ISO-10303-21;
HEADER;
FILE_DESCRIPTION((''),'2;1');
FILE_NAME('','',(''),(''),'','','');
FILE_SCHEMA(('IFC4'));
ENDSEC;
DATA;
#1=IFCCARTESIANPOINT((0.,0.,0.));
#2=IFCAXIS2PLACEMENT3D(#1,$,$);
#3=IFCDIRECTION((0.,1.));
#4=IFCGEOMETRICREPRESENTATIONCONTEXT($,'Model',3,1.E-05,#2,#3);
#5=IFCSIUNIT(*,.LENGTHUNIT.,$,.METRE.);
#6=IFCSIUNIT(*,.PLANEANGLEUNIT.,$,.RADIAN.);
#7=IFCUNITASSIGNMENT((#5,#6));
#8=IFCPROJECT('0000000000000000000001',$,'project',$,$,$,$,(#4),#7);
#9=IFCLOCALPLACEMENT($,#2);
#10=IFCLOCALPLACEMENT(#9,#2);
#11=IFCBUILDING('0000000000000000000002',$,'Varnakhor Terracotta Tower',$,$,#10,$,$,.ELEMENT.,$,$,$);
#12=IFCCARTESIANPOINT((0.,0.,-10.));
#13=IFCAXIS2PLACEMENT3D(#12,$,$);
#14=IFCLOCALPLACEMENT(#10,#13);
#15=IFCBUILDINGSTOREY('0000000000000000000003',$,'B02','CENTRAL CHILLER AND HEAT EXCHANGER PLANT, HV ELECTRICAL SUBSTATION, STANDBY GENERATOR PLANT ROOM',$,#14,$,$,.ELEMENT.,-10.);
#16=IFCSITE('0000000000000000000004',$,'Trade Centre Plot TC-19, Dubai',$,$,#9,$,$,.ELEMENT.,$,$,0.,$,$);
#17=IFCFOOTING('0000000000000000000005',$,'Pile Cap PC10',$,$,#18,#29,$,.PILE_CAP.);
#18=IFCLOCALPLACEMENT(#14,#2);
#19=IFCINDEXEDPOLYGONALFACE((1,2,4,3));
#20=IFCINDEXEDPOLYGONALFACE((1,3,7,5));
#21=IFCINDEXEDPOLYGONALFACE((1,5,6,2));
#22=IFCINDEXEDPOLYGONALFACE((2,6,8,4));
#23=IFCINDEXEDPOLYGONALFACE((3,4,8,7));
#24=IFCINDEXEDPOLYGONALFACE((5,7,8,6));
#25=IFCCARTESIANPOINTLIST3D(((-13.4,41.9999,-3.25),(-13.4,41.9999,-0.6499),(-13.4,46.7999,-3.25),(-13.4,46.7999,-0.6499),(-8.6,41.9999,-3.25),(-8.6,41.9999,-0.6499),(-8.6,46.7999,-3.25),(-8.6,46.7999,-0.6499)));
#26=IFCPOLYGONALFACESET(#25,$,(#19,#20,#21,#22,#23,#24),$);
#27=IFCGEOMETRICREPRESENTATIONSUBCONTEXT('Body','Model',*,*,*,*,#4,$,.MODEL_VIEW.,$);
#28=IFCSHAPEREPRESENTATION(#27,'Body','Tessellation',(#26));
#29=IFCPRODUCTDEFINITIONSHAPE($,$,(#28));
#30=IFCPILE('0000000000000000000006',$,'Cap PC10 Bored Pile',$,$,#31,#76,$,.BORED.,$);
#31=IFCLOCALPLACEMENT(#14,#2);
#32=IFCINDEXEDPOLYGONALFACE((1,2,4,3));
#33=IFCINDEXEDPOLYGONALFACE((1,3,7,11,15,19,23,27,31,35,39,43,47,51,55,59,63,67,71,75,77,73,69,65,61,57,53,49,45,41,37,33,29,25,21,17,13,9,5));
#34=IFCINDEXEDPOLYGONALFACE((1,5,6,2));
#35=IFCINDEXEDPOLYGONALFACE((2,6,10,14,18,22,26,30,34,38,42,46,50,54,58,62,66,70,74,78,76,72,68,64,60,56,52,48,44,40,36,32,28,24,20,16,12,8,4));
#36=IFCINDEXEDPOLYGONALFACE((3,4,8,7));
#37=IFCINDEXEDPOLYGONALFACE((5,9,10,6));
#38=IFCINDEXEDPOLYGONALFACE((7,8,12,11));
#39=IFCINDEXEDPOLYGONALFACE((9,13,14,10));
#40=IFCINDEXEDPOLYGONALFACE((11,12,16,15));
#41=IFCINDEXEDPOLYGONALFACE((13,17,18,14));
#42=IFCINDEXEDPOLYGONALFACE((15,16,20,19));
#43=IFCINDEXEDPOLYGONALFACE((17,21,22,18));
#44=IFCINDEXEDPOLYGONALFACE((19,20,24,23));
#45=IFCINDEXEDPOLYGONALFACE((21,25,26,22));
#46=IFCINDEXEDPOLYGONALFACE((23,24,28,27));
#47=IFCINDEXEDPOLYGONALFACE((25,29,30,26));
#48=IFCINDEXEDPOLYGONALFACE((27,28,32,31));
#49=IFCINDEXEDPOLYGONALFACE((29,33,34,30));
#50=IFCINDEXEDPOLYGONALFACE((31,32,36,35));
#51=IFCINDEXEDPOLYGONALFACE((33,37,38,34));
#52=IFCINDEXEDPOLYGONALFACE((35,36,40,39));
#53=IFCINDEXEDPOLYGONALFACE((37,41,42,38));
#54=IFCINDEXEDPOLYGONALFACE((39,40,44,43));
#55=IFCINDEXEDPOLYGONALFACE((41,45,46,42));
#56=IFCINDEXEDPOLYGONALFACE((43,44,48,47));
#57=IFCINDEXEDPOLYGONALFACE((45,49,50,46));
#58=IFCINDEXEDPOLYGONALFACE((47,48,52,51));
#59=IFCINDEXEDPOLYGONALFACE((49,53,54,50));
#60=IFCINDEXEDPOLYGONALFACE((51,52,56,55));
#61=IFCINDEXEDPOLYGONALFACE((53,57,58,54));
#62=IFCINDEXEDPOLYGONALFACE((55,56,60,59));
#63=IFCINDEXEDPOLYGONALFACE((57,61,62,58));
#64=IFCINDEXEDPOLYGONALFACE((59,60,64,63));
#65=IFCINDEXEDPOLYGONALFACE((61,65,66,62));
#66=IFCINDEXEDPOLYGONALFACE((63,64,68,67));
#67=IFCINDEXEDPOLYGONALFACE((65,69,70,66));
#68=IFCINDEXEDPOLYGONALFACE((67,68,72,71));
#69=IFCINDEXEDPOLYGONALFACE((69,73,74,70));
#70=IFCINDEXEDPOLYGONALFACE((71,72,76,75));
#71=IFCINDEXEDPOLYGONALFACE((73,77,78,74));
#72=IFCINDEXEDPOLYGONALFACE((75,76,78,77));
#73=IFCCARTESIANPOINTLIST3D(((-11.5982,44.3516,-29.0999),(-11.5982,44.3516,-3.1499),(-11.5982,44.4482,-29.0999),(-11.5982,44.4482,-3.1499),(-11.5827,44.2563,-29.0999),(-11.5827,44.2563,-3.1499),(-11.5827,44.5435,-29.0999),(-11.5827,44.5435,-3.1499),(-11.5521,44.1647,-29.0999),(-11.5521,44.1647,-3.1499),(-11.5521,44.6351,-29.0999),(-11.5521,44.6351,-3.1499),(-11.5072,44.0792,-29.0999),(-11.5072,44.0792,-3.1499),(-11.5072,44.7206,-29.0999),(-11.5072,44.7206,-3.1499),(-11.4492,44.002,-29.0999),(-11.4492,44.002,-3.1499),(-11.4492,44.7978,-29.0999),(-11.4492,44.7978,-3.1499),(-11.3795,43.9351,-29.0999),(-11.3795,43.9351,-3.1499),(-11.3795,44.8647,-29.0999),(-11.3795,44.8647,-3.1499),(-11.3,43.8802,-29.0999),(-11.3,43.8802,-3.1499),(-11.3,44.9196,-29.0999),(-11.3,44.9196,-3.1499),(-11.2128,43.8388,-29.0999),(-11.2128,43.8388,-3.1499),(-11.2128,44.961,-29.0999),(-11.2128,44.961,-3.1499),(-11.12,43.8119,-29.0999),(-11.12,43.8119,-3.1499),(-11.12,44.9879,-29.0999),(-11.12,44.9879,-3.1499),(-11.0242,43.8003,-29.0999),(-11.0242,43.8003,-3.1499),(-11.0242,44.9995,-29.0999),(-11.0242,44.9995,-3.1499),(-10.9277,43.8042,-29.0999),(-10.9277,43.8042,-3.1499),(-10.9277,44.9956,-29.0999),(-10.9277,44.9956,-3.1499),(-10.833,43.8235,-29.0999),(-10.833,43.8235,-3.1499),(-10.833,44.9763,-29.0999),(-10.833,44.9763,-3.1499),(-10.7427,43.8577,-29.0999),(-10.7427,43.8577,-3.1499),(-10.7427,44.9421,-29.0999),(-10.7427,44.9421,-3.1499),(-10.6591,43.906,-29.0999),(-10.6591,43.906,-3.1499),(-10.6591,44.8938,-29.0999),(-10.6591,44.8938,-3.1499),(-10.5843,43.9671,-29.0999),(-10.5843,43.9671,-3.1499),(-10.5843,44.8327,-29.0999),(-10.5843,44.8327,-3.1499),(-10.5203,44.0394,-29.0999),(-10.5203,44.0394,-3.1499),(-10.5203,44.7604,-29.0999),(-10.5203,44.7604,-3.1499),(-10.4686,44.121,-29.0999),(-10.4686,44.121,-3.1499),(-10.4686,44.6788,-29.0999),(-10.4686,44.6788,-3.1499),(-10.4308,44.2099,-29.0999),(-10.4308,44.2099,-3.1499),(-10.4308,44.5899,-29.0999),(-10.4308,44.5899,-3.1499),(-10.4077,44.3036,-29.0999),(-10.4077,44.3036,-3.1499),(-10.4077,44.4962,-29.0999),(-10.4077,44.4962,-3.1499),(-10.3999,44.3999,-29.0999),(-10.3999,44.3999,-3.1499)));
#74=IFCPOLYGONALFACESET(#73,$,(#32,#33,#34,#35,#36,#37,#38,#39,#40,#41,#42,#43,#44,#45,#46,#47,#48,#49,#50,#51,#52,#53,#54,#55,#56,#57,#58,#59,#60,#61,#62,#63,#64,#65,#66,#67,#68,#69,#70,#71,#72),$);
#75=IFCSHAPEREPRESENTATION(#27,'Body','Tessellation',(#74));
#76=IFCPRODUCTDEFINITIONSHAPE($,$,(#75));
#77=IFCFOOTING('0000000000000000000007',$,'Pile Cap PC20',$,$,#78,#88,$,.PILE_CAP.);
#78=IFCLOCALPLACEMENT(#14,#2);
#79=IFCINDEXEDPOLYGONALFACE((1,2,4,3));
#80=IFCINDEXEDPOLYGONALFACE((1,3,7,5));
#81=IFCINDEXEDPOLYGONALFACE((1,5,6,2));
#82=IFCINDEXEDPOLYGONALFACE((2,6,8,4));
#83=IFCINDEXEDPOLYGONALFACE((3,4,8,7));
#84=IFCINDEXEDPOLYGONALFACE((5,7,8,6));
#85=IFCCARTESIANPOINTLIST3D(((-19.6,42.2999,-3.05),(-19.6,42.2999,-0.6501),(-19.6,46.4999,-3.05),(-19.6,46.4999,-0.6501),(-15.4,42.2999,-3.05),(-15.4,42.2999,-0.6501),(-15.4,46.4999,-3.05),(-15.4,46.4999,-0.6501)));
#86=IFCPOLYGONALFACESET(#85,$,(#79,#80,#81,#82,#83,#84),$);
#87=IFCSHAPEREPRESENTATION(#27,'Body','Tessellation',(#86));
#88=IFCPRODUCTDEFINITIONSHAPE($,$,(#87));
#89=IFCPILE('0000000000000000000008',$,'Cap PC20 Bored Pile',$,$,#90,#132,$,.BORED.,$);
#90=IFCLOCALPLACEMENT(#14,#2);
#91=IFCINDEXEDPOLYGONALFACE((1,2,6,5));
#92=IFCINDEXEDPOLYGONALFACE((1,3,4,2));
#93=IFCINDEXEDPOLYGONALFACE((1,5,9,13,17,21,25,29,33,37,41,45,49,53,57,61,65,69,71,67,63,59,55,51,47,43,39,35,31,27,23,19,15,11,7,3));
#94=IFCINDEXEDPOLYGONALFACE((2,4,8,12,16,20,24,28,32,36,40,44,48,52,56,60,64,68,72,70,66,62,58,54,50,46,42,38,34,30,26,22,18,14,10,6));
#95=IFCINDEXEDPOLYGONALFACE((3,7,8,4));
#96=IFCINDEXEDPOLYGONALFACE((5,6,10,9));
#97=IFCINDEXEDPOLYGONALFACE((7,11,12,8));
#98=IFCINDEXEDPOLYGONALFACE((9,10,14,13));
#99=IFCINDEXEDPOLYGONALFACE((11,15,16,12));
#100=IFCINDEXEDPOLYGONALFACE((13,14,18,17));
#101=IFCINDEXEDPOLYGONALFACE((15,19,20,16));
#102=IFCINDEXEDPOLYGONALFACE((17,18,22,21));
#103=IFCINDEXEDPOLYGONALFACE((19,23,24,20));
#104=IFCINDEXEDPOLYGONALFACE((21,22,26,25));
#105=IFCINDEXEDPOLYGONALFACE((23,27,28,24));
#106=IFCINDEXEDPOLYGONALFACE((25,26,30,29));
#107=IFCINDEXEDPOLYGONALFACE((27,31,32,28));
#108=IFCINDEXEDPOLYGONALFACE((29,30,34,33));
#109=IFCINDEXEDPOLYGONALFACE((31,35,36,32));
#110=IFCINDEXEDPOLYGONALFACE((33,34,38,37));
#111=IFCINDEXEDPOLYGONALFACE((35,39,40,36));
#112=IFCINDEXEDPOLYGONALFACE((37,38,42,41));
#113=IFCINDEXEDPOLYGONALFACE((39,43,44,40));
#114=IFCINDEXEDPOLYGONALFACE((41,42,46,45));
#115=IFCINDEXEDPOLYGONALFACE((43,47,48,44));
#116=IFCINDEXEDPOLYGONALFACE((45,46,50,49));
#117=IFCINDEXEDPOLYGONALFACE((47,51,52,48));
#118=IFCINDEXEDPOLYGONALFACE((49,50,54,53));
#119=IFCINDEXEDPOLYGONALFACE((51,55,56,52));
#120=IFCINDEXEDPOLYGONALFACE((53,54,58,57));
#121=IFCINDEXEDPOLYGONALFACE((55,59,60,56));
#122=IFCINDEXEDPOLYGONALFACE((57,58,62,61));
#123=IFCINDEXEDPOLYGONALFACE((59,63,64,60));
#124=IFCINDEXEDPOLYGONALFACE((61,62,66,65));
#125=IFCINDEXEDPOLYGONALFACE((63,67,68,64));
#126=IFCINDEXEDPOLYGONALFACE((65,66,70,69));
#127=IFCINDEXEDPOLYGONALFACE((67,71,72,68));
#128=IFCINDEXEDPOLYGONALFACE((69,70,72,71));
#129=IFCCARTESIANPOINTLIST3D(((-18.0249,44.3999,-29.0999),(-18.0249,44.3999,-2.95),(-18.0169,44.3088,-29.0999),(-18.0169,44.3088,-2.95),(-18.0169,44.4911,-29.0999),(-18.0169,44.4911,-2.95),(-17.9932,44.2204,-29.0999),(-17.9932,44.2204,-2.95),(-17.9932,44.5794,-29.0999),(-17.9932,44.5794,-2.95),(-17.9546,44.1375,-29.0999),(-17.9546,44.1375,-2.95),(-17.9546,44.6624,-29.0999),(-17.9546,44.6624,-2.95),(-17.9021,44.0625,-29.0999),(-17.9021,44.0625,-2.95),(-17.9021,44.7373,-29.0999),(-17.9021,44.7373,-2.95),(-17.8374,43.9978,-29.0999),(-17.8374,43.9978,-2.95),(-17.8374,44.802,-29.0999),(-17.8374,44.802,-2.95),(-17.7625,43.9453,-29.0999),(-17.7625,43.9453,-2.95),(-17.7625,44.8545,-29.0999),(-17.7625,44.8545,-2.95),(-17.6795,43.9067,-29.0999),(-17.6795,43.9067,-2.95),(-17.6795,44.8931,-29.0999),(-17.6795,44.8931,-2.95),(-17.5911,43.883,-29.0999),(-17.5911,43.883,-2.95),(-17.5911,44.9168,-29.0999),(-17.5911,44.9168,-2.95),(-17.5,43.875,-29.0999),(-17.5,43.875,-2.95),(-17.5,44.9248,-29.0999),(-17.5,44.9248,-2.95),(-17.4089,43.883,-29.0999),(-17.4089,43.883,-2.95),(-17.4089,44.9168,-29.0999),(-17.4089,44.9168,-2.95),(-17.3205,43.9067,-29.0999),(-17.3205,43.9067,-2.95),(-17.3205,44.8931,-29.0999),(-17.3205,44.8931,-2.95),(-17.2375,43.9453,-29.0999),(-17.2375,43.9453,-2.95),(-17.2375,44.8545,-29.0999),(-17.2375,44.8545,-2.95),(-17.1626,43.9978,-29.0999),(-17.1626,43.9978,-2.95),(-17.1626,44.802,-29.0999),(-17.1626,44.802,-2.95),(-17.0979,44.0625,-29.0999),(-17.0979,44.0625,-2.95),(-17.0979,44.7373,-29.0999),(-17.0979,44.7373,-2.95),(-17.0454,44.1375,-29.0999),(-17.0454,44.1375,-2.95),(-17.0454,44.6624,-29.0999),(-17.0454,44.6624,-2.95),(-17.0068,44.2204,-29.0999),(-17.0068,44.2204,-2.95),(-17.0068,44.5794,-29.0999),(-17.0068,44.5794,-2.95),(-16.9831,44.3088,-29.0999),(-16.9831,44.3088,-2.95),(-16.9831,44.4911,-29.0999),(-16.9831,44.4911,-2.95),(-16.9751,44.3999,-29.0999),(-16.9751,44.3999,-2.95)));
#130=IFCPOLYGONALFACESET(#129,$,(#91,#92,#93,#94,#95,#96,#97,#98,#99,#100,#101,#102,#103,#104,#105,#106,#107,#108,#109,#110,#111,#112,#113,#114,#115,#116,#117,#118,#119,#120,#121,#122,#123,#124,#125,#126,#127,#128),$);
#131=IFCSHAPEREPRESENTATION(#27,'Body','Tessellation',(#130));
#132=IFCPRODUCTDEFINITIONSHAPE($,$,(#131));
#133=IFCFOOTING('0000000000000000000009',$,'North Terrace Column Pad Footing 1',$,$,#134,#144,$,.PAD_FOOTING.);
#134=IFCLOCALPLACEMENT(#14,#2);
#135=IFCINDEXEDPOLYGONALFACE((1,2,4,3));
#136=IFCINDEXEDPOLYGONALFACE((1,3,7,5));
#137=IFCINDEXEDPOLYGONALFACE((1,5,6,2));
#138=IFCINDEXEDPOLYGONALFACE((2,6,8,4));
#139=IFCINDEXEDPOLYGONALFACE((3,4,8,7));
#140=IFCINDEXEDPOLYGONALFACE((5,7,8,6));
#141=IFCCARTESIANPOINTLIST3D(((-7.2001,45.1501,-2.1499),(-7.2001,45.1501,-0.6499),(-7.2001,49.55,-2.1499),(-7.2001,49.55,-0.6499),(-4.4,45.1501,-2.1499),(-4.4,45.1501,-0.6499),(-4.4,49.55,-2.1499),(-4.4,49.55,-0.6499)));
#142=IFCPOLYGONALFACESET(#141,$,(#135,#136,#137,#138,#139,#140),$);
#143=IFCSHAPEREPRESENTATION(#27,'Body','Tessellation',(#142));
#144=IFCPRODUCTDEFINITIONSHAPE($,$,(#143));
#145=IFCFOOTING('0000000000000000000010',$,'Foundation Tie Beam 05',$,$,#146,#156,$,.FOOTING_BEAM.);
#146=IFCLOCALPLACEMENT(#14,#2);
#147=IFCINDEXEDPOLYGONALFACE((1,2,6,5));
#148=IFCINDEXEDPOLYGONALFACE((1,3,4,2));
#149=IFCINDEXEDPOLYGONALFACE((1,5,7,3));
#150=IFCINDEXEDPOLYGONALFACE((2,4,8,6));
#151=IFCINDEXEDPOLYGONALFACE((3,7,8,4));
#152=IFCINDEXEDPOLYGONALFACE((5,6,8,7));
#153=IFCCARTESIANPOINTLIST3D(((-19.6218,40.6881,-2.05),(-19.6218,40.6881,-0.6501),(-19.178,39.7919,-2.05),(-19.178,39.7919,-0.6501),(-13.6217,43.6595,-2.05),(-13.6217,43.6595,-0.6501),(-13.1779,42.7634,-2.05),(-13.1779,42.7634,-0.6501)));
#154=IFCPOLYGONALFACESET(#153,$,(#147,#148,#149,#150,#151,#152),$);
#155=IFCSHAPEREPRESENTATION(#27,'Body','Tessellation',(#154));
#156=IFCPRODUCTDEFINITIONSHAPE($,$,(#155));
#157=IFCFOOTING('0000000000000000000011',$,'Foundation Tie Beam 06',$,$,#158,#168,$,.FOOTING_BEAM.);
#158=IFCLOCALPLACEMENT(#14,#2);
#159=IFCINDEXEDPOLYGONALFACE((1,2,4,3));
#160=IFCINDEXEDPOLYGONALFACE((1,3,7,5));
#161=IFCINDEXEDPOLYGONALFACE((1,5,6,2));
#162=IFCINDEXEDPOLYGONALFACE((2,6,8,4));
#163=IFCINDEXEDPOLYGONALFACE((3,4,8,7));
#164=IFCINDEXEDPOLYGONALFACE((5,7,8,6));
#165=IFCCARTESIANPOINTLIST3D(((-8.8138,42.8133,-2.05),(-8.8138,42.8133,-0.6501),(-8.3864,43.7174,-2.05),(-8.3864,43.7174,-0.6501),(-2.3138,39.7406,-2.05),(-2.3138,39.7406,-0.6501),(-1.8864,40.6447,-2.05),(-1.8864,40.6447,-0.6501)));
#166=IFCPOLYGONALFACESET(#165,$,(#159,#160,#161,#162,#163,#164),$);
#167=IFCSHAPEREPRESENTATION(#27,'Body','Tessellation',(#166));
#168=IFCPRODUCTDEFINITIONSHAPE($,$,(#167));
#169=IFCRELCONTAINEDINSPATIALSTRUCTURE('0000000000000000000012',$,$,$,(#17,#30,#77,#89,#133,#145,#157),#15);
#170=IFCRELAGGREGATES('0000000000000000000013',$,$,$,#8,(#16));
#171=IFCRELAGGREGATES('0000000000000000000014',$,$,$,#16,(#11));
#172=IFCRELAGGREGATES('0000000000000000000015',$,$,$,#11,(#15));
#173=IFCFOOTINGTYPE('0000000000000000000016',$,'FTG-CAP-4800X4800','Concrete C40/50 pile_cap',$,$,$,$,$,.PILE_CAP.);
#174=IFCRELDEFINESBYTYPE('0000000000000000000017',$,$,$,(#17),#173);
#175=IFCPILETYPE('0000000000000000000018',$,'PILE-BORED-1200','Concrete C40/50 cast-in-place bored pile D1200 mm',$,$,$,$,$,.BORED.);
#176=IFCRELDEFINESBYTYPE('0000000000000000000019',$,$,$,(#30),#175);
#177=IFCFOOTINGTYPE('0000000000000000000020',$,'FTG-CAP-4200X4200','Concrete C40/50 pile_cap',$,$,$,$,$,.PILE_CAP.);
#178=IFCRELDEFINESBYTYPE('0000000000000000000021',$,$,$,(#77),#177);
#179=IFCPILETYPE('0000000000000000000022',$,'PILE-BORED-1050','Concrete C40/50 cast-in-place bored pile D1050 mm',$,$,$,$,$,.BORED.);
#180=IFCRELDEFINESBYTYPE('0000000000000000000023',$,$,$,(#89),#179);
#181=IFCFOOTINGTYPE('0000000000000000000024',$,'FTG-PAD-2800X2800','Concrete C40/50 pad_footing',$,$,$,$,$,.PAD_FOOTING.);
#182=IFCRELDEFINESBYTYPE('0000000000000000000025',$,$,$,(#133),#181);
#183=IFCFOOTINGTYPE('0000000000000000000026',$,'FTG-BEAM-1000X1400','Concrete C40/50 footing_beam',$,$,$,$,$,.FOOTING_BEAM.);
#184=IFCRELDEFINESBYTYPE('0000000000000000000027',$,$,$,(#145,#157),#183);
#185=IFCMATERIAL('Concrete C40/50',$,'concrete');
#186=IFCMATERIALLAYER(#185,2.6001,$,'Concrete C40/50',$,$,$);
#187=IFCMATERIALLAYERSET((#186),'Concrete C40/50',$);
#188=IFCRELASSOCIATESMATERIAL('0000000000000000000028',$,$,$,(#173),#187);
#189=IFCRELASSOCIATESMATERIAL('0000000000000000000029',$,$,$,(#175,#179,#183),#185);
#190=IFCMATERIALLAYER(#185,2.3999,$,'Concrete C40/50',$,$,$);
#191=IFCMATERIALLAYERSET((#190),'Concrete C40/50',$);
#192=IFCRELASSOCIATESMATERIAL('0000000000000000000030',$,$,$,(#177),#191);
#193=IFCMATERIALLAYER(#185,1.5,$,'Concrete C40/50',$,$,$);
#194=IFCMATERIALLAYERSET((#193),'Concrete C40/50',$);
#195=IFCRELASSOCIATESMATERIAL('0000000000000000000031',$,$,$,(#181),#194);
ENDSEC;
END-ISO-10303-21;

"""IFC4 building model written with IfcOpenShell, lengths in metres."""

from ifc_helpers import new_model, si_unit, direction, frame, origin, origin_2d, place, context, subcontext, project, spatial, rectangle, circle, extrude, source, transform, mapped, material, layer, layer_set, material_profile, profile_set, type_object, type_shapes, element, save


model = new_model("IFC4")

# Units and contexts
model_context = context("Model", 3, precision=1e-05, world=origin(), true_north=direction((0.0, 1.0)))
body_context = subcontext(model_context, "Body", "Model", "MODEL_VIEW")
ifc_project = project(units=[si_unit("LENGTHUNIT", "METRE"), si_unit("PLANEANGLEUNIT", "RADIAN")], contexts=[model_context])

# Site, building, storey
site_placement = place(None, origin())
site = spatial("IfcSite", under=ifc_project, at=site_placement, Name="Trade Centre Plot TC-19, Dubai", CompositionType="ELEMENT", RefElevation=0.0)
building_placement = place(site_placement, origin())
building = spatial("IfcBuilding", under=site, at=building_placement, Name="Varnakhor Terracotta Tower", CompositionType="ELEMENT")
storey_placement = place(building_placement, frame((0.0, 0.0, -10.0)))
storey = spatial("IfcBuildingStorey", under=building, at=storey_placement, Name="B02", Description="CENTRAL CHILLER AND HEAT EXCHANGER PLANT, HV ELECTRICAL SUBSTATION, STANDBY GENERATOR PLANT ROOM", CompositionType="ELEMENT", Elevation=-10.0)

# Footing
ifc_material_1 = material(Name="Concrete C40/50", Category="concrete")
ifc_layer_1 = layer(ifc_material_1, 2.6001, Name="Concrete C40/50")
ifc_layer_set_1 = layer_set([ifc_layer_1], Name="Concrete C40/50")
footing_type_1 = type_object("IfcFootingType", Name="FTG-CAP-4800X4800", Description="Concrete C40/50 pile_cap", PredefinedType="PILE_CAP", material=ifc_layer_set_1)
shared_shape_1 = source(origin(), body_context, "Body", "SweptSolid", [
    extrude(rectangle(XDim=4.8, YDim=4.8, at=origin_2d()), origin(), (0.0, 0.0, 1.0), 2.6001),
])
type_shapes(footing_type_1, [shared_shape_1])
footing_1_placement = place(storey_placement, frame((-11.0, 44.3999, -3.25), z_axis=(0.0, 0.0, 1.0), x_axis=(1.0, 0.0, 0.0)))
element("IfcFooting", 1, at=footing_1_placement, inside=storey, type_object=footing_type_1, Name="Pile Cap PC10", PredefinedType="PILE_CAP", context=body_context, shape_type="MappedRepresentation", body=[
    mapped(shared_shape_1, transform((0.0, 0.0, 0.0), scale=1.0)),
])

# Pile
ifc_material_profile_1 = material_profile(ifc_material_1, circle(Radius=0.6001, at=origin_2d()), Name="BORED PILE D1200")
ifc_profile_set_1 = profile_set([ifc_material_profile_1], Name="Concrete C40/50")
pile_type_1 = type_object("IfcPileType", Name="PILE-BORED-1200", Description="Concrete C40/50 cast-in-place bored pile D1200 mm", PredefinedType="BORED", material=ifc_profile_set_1)
shared_shape_2 = source(origin(), body_context, "Body", "SweptSolid", [
    extrude(circle(Radius=0.6001, at=origin_2d()), origin(), (0.0, 0.0, 1.0), 25.95),
])
type_shapes(pile_type_1, [shared_shape_2])
pile_1_placement = place(storey_placement, frame((-11.0, 44.3999, -3.1499), z_axis=(0.0, 0.0, -1.0), x_axis=(1.0, 0.0, 0.0)))
element("IfcPile", 2, at=pile_1_placement, inside=storey, type_object=pile_type_1, Name="Cap PC10 Bored Pile", PredefinedType="BORED", context=body_context, shape_type="MappedRepresentation", body=[
    mapped(shared_shape_2, transform((0.0, 0.0, 0.0), scale=1.0)),
])

# Footing
ifc_layer_2 = layer(ifc_material_1, 2.3999, Name="Concrete C40/50")
ifc_layer_set_2 = layer_set([ifc_layer_2], Name="Concrete C40/50")
footing_type_2 = type_object("IfcFootingType", Name="FTG-CAP-4200X4200", Description="Concrete C40/50 pile_cap", PredefinedType="PILE_CAP", material=ifc_layer_set_2)
shared_shape_3 = source(origin(), body_context, "Body", "SweptSolid", [
    extrude(rectangle(XDim=4.2, YDim=4.2, at=origin_2d()), origin(), (0.0, 0.0, 1.0), 2.3999),
])
type_shapes(footing_type_2, [shared_shape_3])
footing_2_placement = place(storey_placement, frame((-17.5, 44.3999, -3.05), z_axis=(0.0, 0.0, 1.0), x_axis=(1.0, 0.0, 0.0)))
element("IfcFooting", 3, at=footing_2_placement, inside=storey, type_object=footing_type_2, Name="Pile Cap PC20", PredefinedType="PILE_CAP", context=body_context, shape_type="MappedRepresentation", body=[
    mapped(shared_shape_3, transform((0.0, 0.0, 0.0), scale=1.0)),
])

# Pile
ifc_material_profile_2 = material_profile(ifc_material_1, circle(Radius=0.5249, at=origin_2d()), Name="BORED PILE D1050")
ifc_profile_set_2 = profile_set([ifc_material_profile_2], Name="Concrete C40/50")
pile_type_2 = type_object("IfcPileType", Name="PILE-BORED-1050", Description="Concrete C40/50 cast-in-place bored pile D1050 mm", PredefinedType="BORED", material=ifc_profile_set_2)
shared_shape_4 = source(origin(), body_context, "Body", "SweptSolid", [
    extrude(circle(Radius=0.5249, at=origin_2d()), origin(), (0.0, 0.0, 1.0), 26.1499),
])
type_shapes(pile_type_2, [shared_shape_4])
pile_2_placement = place(storey_placement, frame((-17.5, 44.3999, -2.95), z_axis=(0.0, 0.0, -1.0), x_axis=(1.0, 0.0, 0.0)))
element("IfcPile", 4, at=pile_2_placement, inside=storey, type_object=pile_type_2, Name="Cap PC20 Bored Pile", PredefinedType="BORED", context=body_context, shape_type="MappedRepresentation", body=[
    mapped(shared_shape_4, transform((0.0, 0.0, 0.0), scale=1.0)),
])

# Footings
ifc_layer_3 = layer(ifc_material_1, 1.5, Name="Concrete C40/50")
ifc_layer_set_3 = layer_set([ifc_layer_3], Name="Concrete C40/50")
footing_type_3 = type_object("IfcFootingType", Name="FTG-PAD-2800X2800", Description="Concrete C40/50 pad_footing", PredefinedType="PAD_FOOTING", material=ifc_layer_set_3)
shared_shape_5 = source(origin(), body_context, "Body", "SweptSolid", [
    extrude(rectangle(XDim=2.8, YDim=4.3999, at=origin_2d()), origin(), (0.0, 0.0, 1.0), 1.5),
])
type_shapes(footing_type_3, [shared_shape_5])
footing_3_placement = place(storey_placement, frame((-5.8, 47.3501, -2.1499), z_axis=(0.0, 0.0, 1.0), x_axis=(1.0, 0.0, 0.0)))
element("IfcFooting", 5, at=footing_3_placement, inside=storey, type_object=footing_type_3, Name="North Terrace Column Pad Footing 1", PredefinedType="PAD_FOOTING", context=body_context, shape_type="MappedRepresentation", body=[
    mapped(shared_shape_5, transform((0.0, 0.0, 0.0), scale=1.0)),
])
ifc_material_profile_3 = material_profile(ifc_material_1, rectangle(XDim=1.0, YDim=1.3999, at=origin_2d()), Name="TIE BEAM 1000x1400")
ifc_profile_set_3 = profile_set([ifc_material_profile_3], Name="Concrete C40/50")
footing_type_4 = type_object("IfcFootingType", Name="FTG-BEAM-1000X1400", Description="Concrete C40/50 footing_beam", PredefinedType="FOOTING_BEAM", material=ifc_profile_set_3)
shared_shape_6 = source(origin(), body_context, "Body", "SweptSolid", [
    extrude(rectangle(XDim=1.0, YDim=1.3999, at=origin_2d()), origin(), (0.0, 0.0, 1.0), 6.6956),
])
footing_4_placement = place(storey_placement, frame((-19.3999, 40.24, -1.3501), z_axis=(0.896127, 0.443797, 0.0), x_axis=(-0.443797, 0.896127, 0.0)))
element("IfcFooting", 6, at=footing_4_placement, inside=storey, type_object=footing_type_4, Name="Foundation Tie Beam 05", PredefinedType="FOOTING_BEAM", context=body_context, shape_type="MappedRepresentation", body=[
    mapped(shared_shape_6, transform((0.0, 0.0, 0.0), scale=1.0)),
])
shared_shape_7 = source(origin(), body_context, "Body", "SweptSolid", [
    extrude(rectangle(XDim=1.0, YDim=1.3999, at=origin_2d()), origin(), (0.0, 0.0, 1.0), 7.1897),
])
footing_5_placement = place(storey_placement, frame((-8.6001, 43.2654, -1.3501), z_axis=(0.904071, -0.427383, 0.0), x_axis=(0.427383, 0.904071, 0.0)))
element("IfcFooting", 7, at=footing_5_placement, inside=storey, type_object=footing_type_4, Name="Foundation Tie Beam 06", PredefinedType="FOOTING_BEAM", context=body_context, shape_type="MappedRepresentation", body=[
    mapped(shared_shape_7, transform((0.0, 0.0, 0.0), scale=1.0)),
])

save(model, "model.ifc")
